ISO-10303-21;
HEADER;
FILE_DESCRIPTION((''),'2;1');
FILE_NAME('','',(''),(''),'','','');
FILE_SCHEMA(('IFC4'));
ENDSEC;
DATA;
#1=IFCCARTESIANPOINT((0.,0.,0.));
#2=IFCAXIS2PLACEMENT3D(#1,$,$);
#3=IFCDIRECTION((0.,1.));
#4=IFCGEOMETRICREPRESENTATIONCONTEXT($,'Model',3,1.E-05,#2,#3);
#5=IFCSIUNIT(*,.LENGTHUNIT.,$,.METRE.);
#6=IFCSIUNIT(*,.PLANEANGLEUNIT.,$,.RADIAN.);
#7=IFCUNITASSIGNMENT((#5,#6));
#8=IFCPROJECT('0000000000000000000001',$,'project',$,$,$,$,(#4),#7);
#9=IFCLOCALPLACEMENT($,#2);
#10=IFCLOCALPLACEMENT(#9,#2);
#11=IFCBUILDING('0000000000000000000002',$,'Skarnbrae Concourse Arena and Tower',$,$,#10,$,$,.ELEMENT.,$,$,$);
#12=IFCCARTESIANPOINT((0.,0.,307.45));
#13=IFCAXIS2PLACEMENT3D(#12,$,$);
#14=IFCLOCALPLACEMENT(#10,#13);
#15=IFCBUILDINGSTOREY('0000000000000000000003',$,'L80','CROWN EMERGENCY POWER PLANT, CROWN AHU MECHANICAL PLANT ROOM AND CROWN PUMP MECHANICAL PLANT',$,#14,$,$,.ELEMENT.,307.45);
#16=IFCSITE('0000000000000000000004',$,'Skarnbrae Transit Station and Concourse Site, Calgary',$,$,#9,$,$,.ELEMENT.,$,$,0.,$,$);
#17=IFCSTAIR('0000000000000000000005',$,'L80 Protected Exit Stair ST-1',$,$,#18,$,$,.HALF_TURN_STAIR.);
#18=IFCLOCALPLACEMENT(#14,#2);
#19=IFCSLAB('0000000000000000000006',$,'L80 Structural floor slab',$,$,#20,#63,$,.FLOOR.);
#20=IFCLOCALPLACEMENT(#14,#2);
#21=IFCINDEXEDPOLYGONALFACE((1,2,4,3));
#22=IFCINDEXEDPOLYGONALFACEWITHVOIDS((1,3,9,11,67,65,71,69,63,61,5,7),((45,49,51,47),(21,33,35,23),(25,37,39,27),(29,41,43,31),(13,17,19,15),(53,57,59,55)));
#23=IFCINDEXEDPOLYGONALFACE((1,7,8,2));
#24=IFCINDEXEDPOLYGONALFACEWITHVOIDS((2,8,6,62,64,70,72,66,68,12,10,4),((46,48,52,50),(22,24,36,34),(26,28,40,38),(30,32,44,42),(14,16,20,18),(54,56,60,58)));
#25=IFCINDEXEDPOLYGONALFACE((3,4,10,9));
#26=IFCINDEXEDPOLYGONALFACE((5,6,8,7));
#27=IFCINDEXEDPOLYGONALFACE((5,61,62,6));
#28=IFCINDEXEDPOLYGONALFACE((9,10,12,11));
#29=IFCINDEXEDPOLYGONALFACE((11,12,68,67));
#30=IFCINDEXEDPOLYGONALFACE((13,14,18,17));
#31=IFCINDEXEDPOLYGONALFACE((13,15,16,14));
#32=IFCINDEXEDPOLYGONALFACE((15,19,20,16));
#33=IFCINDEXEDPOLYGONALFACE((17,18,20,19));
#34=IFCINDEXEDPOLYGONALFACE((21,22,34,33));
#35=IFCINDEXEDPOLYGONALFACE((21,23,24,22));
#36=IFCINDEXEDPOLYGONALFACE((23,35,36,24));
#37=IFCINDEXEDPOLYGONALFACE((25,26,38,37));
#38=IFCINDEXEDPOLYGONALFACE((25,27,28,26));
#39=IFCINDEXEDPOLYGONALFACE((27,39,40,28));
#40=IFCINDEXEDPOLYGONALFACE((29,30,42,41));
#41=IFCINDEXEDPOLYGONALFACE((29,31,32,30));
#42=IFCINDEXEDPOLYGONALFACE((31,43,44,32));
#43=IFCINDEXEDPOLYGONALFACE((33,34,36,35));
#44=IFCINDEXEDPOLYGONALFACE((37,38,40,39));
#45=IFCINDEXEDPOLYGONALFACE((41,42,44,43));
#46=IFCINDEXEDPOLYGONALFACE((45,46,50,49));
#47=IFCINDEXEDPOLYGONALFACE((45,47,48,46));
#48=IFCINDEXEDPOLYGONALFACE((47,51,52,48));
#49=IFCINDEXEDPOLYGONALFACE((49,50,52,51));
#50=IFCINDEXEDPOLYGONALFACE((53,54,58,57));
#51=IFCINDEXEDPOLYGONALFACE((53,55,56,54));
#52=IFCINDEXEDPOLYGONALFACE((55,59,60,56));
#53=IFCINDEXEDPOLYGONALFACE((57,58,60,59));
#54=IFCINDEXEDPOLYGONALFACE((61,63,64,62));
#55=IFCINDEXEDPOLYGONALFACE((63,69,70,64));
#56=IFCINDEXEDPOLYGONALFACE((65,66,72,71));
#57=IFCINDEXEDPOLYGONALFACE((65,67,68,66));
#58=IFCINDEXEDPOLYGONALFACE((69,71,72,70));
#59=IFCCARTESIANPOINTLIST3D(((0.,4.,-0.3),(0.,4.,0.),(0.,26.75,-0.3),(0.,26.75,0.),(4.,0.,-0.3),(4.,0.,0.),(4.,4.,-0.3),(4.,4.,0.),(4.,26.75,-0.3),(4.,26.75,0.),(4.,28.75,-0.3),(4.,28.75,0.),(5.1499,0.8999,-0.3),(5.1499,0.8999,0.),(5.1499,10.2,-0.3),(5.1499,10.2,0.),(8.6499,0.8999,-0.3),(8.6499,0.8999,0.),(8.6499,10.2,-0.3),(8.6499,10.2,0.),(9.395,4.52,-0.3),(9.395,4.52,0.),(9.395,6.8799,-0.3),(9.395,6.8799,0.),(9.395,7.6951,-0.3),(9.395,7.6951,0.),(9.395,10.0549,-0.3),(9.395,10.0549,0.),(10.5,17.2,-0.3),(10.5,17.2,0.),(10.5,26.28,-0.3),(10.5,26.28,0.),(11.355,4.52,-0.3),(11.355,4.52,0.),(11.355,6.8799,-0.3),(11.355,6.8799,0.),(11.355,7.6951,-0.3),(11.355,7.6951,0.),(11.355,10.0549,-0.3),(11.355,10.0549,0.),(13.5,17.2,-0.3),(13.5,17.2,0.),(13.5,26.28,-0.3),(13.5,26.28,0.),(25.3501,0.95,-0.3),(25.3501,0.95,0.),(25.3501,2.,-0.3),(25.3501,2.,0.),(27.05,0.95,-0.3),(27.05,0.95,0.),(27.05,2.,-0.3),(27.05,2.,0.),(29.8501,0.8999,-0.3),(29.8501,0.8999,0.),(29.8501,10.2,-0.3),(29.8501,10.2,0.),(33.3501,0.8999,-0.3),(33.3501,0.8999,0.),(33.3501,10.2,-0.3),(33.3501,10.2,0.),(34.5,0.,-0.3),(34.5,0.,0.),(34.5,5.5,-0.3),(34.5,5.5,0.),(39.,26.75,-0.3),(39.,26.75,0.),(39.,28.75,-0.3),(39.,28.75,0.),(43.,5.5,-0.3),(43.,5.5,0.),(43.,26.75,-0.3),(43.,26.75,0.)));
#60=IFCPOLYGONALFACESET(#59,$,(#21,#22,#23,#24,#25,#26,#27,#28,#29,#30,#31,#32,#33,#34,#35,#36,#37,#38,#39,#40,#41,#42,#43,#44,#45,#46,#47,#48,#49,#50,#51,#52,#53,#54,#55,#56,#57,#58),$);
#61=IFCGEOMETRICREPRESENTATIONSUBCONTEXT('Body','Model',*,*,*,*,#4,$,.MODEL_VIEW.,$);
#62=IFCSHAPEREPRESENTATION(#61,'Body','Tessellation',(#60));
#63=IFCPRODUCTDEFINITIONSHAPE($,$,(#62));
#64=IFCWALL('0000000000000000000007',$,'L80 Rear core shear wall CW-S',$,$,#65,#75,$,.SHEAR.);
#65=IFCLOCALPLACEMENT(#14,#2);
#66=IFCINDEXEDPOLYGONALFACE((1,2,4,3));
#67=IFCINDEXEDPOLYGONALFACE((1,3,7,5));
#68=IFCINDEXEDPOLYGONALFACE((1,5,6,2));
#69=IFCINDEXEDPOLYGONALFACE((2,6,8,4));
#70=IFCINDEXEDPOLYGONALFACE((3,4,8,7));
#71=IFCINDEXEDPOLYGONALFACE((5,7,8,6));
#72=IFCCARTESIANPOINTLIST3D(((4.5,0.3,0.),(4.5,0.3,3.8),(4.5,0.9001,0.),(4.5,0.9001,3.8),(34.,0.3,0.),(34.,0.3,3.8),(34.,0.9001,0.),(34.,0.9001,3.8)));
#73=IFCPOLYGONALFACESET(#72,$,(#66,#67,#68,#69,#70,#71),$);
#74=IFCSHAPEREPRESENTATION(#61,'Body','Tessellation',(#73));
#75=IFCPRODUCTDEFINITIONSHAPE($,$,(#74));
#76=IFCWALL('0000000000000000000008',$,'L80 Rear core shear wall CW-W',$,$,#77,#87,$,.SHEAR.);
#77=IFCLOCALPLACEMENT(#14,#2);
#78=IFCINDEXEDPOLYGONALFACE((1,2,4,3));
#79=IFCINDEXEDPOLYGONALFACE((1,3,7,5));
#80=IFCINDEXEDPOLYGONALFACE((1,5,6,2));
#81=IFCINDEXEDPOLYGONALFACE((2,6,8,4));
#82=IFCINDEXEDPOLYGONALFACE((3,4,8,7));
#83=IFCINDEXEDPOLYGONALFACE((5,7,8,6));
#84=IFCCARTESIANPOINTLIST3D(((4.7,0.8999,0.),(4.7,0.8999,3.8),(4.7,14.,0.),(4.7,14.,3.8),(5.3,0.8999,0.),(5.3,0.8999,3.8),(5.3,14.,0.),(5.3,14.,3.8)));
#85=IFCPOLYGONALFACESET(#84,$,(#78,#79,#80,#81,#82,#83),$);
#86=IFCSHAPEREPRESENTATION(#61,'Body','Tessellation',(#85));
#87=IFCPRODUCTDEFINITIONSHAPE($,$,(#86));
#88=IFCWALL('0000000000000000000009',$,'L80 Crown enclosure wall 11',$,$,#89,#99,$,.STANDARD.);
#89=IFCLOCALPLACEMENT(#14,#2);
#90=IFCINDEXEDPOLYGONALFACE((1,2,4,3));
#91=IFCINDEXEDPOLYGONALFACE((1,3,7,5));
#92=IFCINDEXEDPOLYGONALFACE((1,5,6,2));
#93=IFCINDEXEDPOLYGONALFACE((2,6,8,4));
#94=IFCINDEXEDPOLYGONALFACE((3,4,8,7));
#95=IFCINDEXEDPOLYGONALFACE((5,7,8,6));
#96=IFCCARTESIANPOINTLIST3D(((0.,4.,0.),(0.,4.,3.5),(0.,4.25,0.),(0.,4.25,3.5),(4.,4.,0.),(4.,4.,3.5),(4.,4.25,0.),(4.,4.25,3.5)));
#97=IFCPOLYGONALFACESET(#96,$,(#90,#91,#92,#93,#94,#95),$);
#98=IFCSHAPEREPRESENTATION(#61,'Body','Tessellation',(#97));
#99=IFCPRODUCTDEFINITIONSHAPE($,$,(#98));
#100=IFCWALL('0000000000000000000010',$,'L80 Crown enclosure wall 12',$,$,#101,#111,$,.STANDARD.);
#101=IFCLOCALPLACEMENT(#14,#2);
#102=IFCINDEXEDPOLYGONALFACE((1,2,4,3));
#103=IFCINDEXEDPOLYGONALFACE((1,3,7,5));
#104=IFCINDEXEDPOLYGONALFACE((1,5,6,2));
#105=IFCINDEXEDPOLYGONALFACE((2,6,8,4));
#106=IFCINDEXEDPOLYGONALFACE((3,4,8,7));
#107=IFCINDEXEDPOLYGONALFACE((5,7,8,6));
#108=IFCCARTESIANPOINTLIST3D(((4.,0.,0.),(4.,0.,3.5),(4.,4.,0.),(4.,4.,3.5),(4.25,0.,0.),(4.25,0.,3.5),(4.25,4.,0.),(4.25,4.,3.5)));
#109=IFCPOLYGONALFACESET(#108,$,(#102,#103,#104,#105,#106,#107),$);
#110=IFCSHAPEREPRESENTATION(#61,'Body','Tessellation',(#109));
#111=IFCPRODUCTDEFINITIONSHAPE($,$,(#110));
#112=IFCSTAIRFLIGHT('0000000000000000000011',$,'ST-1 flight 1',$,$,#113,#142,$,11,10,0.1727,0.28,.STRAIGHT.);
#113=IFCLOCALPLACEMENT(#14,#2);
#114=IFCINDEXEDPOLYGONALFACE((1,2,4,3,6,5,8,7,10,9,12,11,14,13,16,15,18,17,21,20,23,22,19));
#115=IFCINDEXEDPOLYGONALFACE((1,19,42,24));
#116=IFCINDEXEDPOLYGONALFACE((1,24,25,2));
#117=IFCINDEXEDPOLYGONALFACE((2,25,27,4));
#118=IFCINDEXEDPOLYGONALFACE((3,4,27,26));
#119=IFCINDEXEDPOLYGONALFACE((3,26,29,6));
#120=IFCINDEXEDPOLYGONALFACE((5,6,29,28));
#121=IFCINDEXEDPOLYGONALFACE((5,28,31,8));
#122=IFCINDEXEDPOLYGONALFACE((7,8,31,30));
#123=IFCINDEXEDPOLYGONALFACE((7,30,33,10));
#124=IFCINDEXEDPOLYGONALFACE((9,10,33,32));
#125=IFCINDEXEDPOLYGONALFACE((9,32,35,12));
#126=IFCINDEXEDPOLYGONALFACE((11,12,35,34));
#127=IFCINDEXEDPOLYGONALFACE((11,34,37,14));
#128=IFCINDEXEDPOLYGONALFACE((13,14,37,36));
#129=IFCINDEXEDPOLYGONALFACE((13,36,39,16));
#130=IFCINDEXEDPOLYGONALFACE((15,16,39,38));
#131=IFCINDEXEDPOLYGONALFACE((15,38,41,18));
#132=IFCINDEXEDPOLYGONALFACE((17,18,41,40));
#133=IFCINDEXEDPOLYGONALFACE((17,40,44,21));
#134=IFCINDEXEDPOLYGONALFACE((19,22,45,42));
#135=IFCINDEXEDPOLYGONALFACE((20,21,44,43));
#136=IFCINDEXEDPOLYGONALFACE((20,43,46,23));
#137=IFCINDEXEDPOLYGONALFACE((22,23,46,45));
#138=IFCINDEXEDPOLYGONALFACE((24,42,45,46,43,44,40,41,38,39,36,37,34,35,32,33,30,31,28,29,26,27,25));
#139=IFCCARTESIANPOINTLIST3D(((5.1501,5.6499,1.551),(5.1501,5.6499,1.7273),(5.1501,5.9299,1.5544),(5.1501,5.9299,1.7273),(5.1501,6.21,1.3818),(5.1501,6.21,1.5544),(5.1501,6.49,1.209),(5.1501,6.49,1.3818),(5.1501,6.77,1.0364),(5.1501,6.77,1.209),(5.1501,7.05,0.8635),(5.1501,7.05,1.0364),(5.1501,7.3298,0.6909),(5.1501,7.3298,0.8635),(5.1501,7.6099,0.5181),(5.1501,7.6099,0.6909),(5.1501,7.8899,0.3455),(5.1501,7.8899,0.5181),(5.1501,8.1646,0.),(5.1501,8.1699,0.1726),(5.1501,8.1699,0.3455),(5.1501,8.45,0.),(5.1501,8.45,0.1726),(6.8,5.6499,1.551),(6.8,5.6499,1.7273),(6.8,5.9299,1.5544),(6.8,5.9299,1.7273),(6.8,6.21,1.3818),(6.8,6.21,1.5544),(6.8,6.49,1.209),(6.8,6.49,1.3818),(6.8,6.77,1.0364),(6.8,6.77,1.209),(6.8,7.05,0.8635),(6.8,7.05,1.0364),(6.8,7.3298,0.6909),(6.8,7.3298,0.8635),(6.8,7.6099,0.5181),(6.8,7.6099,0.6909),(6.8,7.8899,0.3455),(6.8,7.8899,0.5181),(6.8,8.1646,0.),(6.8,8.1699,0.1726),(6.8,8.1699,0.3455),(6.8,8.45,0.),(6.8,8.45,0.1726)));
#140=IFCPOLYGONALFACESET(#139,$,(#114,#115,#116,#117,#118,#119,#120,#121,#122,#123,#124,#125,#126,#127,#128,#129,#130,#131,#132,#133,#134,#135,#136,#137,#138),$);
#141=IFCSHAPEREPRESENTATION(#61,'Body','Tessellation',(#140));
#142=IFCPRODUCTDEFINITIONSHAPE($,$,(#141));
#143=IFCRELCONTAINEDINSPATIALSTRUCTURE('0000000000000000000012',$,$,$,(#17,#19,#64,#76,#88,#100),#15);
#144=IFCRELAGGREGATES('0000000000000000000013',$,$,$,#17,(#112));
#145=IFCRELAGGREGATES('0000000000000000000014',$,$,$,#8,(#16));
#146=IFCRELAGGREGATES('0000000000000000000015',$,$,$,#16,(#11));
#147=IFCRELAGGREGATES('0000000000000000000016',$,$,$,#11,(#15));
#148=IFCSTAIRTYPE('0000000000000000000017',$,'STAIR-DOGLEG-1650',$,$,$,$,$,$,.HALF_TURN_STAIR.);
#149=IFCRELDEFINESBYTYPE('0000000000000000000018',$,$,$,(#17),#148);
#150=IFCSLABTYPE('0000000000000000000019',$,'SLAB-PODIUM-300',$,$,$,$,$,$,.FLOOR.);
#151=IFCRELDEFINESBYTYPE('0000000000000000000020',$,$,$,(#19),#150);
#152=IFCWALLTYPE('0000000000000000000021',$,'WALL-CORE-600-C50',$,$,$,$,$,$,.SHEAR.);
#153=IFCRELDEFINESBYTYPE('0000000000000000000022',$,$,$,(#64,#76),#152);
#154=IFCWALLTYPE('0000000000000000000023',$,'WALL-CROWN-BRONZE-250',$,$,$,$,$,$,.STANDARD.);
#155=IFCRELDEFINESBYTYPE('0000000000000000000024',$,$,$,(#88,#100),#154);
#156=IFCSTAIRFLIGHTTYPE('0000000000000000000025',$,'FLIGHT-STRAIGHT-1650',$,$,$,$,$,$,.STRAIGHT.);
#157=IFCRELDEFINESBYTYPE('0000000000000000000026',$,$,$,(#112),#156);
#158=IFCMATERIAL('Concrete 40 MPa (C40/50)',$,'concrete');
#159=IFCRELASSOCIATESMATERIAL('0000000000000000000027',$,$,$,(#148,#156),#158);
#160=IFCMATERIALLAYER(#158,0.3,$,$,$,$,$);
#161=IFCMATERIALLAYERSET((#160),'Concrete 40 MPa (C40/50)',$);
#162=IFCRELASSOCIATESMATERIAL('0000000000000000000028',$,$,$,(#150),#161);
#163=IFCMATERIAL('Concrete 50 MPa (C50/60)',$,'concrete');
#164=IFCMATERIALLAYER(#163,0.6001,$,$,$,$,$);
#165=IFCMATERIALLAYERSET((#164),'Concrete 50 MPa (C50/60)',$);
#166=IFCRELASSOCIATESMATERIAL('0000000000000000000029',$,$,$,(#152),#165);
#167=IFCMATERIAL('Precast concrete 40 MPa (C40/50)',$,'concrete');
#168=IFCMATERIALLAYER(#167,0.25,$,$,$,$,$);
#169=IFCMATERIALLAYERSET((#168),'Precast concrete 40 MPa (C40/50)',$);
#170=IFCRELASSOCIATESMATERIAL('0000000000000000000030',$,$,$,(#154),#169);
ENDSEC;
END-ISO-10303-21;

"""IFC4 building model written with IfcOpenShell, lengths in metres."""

from ifc_helpers import new_model, si_unit, direction, frame, frame_2d, origin, place, context, subcontext, project, spatial, polyline, rectangle, outline, extrude, source, transform, mapped, material, layer, layer_set, type_object, element, aggregate, save


model = new_model("IFC4")

# Units and contexts
model_context = context("Model", 3, precision=1e-05, world=origin(), true_north=direction((0.0, 1.0)))
body_context = subcontext(model_context, "Body", "Model", "MODEL_VIEW")
ifc_project = project(units=[si_unit("LENGTHUNIT", "METRE"), si_unit("PLANEANGLEUNIT", "RADIAN")], contexts=[model_context])

# Site, building, storey
site_placement = place(None, origin())
site = spatial("IfcSite", under=ifc_project, at=site_placement, Name="Skarnbrae Transit Station and Concourse Site, Calgary", CompositionType="ELEMENT", RefElevation=0.0)
building_placement = place(site_placement, origin())
building = spatial("IfcBuilding", under=site, at=building_placement, Name="Skarnbrae Concourse Arena and Tower", CompositionType="ELEMENT")
storey_placement = place(building_placement, frame((0.0, 0.0, 307.45)))
storey = spatial("IfcBuildingStorey", under=building, at=storey_placement, Name="L80", Description="CROWN EMERGENCY POWER PLANT, CROWN AHU MECHANICAL PLANT ROOM AND CROWN PUMP MECHANICAL PLANT", CompositionType="ELEMENT", Elevation=307.45)

# Stair
ifc_material_1 = material(Name="Concrete 40 MPa (C40/50)", Category="concrete")
stair_type = type_object("IfcStairType", Name="STAIR-DOGLEG-1650", PredefinedType="HALF_TURN_STAIR", material=ifc_material_1)
stair_1_placement = place(storey_placement, origin())
stair_1 = element("IfcStair", 1, at=stair_1_placement, inside=storey, type_object=stair_type, Name="L80 Protected Exit Stair ST-1", PredefinedType="HALF_TURN_STAIR")

# Slab
ifc_layer_1 = layer(ifc_material_1, 0.3)
ifc_layer_set_1 = layer_set([ifc_layer_1], Name="Concrete 40 MPa (C40/50)")
slab_type_1 = type_object("IfcSlabType", Name="SLAB-PODIUM-300", PredefinedType="FLOOR", material=ifc_layer_set_1)
slab_1_placement = place(storey_placement, frame((0.0, 0.0, -0.3)))
element("IfcSlab", 2, at=slab_1_placement, inside=storey, type_object=slab_type_1, Name="L80 Structural floor slab", PredefinedType="FLOOR", context=body_context, shape_type="SweptSolid", body=[
    extrude(outline(polyline([(4.0, 0.0), (34.5, 0.0), (34.5, 5.5), (43.0, 5.5), (43.0, 26.75), (39.0, 26.75), (39.0, 28.75), (4.0, 28.75), (4.0, 26.75), (0.0, 26.75), (0.0, 4.0), (4.0, 4.0), (4.0, 0.0)]), holes=[polyline([(27.05, 0.95), (25.3501, 0.95), (25.3501, 2.0), (27.05, 2.0), (27.05, 0.95)]), polyline([(5.1499, 10.2), (8.6499, 10.2), (8.6499, 0.8999), (5.1499, 0.8999), (5.1499, 10.2)]), polyline([(29.8501, 10.2), (33.3501, 10.2), (33.3501, 0.8999), (29.8501, 0.8999), (29.8501, 10.2)]), polyline([(11.355, 4.52), (9.395, 4.52), (9.395, 6.8799), (11.355, 6.8799), (11.355, 4.52)]), polyline([(9.395, 7.6951), (9.395, 10.0549), (11.355, 10.0549), (11.355, 7.6951), (9.395, 7.6951)]), polyline([(13.5, 17.2), (10.5, 17.2), (10.5, 26.28), (13.5, 26.28), (13.5, 17.2)])]), origin(), (0.0, 0.0, 1.0), 0.3),
])

# Walls
ifc_material_2 = material(Name="Concrete 50 MPa (C50/60)", Category="concrete")
ifc_layer_2 = layer(ifc_material_2, 0.6001)
ifc_layer_set_2 = layer_set([ifc_layer_2], Name="Concrete 50 MPa (C50/60)")
wall_type_1 = type_object("IfcWallType", Name="WALL-CORE-600-C50", PredefinedType="SHEAR", material=ifc_layer_set_2)
shared_shape_1 = source(origin(), body_context, "Body", "SweptSolid", [
    extrude(rectangle(XDim=29.5, YDim=0.6001, at=frame_2d((14.75, 0.0))), origin(), (0.0, 0.0, 1.0), 3.8),
])
wall_1_placement = place(storey_placement, frame((4.5, 0.6001, 0.0), z_axis=(0.0, 0.0, 1.0), x_axis=(1.0, 0.0, 0.0)))
element("IfcWall", 3, at=wall_1_placement, inside=storey, type_object=wall_type_1, Name="L80 Rear core shear wall CW-S", PredefinedType="SHEAR", context=body_context, shape_type="MappedRepresentation", body=[
    mapped(shared_shape_1, transform((0.0, 0.0, 0.0))),
])
shared_shape_2 = source(origin(), body_context, "Body", "SweptSolid", [
    extrude(rectangle(XDim=13.1001, YDim=0.6001, at=frame_2d((6.55, 0.0))), origin(), (0.0, 0.0, 1.0), 3.8),
])
wall_2_placement = place(storey_placement, frame((5.0, 0.8999, 0.0), z_axis=(0.0, 0.0, 1.0), x_axis=(0.0, 1.0, 0.0)))
element("IfcWall", 4, at=wall_2_placement, inside=storey, type_object=wall_type_1, Name="L80 Rear core shear wall CW-W", PredefinedType="SHEAR", context=body_context, shape_type="MappedRepresentation", body=[
    mapped(shared_shape_2, transform((0.0, 0.0, 0.0))),
])

# Walls
ifc_material_3 = material(Name="Precast concrete 40 MPa (C40/50)", Category="concrete")
ifc_layer_3 = layer(ifc_material_3, 0.25)
ifc_layer_set_3 = layer_set([ifc_layer_3], Name="Precast concrete 40 MPa (C40/50)")
wall_type_2 = type_object("IfcWallType", Name="WALL-CROWN-BRONZE-250", PredefinedType="STANDARD", material=ifc_layer_set_3)
shared_shape_3 = source(origin(), body_context, "Body", "SweptSolid", [
    extrude(rectangle(XDim=4.0, YDim=0.25, at=frame_2d((2.0, 0.0))), origin(), (0.0, 0.0, 1.0), 3.5),
])
for number, where, z_axis, x_axis, name in (
    (5, (0.0, 4.125, 0.0), (0.0, 0.0, 1.0), (1.0, 0.0, 0.0), "L80 Crown enclosure wall 11"),
    (6, (4.125, 4.0, 0.0), (0.0, 0.0, 1.0), (0.0, -1.0, 0.0), "L80 Crown enclosure wall 12"),
):
    element("IfcWall", number, at=place(storey_placement, frame(where, z_axis=z_axis, x_axis=x_axis)), inside=storey, type_object=wall_type_2, Name=name, PredefinedType="STANDARD", context=body_context, shape_type="MappedRepresentation", body=[
        mapped(shared_shape_3, transform((0.0, 0.0, 0.0))),
    ])

# Stair flight
stair_flight_type = type_object("IfcStairFlightType", Name="FLIGHT-STRAIGHT-1650", PredefinedType="STRAIGHT", material=ifc_material_1)
shared_shape_4 = source(origin(), body_context, "Body", "SweptSolid", [
    extrude(outline(polyline([(0.0, 0.0), (0.0, 0.1726), (0.28, 0.1726), (0.28, 0.3455), (0.5601, 0.3455), (0.5601, 0.5181), (0.8401, 0.5181), (0.8401, 0.6909), (1.1201, 0.6909), (1.1201, 0.8635), (1.3999, 0.8635), (1.3999, 1.0364), (1.6799, 1.0364), (1.6799, 1.209), (1.96, 1.209), (1.96, 1.3818), (2.24, 1.3818), (2.24, 1.5544), (2.52, 1.5544), (2.52, 1.7273), (2.8, 1.7273), (2.8, 1.8999), (2.8, 1.551), (0.2854, 0.0), (0.0, 0.0)])), frame((0.0, 0.825, 0.0), z_axis=(0.0, -1.0, 0.0), x_axis=(1.0, 0.0, 0.0)), (0.0, 0.0, 1.0), 1.6499),
])
stair_flight_placement = place(storey_placement, frame((5.9751, 8.45, 0.0), z_axis=(0.0, 0.0, 1.0), x_axis=(0.0, -1.0, 0.0)))
stair_flight = element("IfcStairFlight", 7, at=stair_flight_placement, type_object=stair_flight_type, Name="ST-1 flight 1", NumberOfRisers=11, NumberOfTreads=10, PredefinedType="STRAIGHT", RiserHeight=0.1727, TreadLength=0.28, context=body_context, shape_type="MappedRepresentation", body=[
    mapped(shared_shape_4, transform((0.0, 0.0, 0.0))),
])
aggregate(stair_1, [stair_flight])

save(model, "model.ifc")
